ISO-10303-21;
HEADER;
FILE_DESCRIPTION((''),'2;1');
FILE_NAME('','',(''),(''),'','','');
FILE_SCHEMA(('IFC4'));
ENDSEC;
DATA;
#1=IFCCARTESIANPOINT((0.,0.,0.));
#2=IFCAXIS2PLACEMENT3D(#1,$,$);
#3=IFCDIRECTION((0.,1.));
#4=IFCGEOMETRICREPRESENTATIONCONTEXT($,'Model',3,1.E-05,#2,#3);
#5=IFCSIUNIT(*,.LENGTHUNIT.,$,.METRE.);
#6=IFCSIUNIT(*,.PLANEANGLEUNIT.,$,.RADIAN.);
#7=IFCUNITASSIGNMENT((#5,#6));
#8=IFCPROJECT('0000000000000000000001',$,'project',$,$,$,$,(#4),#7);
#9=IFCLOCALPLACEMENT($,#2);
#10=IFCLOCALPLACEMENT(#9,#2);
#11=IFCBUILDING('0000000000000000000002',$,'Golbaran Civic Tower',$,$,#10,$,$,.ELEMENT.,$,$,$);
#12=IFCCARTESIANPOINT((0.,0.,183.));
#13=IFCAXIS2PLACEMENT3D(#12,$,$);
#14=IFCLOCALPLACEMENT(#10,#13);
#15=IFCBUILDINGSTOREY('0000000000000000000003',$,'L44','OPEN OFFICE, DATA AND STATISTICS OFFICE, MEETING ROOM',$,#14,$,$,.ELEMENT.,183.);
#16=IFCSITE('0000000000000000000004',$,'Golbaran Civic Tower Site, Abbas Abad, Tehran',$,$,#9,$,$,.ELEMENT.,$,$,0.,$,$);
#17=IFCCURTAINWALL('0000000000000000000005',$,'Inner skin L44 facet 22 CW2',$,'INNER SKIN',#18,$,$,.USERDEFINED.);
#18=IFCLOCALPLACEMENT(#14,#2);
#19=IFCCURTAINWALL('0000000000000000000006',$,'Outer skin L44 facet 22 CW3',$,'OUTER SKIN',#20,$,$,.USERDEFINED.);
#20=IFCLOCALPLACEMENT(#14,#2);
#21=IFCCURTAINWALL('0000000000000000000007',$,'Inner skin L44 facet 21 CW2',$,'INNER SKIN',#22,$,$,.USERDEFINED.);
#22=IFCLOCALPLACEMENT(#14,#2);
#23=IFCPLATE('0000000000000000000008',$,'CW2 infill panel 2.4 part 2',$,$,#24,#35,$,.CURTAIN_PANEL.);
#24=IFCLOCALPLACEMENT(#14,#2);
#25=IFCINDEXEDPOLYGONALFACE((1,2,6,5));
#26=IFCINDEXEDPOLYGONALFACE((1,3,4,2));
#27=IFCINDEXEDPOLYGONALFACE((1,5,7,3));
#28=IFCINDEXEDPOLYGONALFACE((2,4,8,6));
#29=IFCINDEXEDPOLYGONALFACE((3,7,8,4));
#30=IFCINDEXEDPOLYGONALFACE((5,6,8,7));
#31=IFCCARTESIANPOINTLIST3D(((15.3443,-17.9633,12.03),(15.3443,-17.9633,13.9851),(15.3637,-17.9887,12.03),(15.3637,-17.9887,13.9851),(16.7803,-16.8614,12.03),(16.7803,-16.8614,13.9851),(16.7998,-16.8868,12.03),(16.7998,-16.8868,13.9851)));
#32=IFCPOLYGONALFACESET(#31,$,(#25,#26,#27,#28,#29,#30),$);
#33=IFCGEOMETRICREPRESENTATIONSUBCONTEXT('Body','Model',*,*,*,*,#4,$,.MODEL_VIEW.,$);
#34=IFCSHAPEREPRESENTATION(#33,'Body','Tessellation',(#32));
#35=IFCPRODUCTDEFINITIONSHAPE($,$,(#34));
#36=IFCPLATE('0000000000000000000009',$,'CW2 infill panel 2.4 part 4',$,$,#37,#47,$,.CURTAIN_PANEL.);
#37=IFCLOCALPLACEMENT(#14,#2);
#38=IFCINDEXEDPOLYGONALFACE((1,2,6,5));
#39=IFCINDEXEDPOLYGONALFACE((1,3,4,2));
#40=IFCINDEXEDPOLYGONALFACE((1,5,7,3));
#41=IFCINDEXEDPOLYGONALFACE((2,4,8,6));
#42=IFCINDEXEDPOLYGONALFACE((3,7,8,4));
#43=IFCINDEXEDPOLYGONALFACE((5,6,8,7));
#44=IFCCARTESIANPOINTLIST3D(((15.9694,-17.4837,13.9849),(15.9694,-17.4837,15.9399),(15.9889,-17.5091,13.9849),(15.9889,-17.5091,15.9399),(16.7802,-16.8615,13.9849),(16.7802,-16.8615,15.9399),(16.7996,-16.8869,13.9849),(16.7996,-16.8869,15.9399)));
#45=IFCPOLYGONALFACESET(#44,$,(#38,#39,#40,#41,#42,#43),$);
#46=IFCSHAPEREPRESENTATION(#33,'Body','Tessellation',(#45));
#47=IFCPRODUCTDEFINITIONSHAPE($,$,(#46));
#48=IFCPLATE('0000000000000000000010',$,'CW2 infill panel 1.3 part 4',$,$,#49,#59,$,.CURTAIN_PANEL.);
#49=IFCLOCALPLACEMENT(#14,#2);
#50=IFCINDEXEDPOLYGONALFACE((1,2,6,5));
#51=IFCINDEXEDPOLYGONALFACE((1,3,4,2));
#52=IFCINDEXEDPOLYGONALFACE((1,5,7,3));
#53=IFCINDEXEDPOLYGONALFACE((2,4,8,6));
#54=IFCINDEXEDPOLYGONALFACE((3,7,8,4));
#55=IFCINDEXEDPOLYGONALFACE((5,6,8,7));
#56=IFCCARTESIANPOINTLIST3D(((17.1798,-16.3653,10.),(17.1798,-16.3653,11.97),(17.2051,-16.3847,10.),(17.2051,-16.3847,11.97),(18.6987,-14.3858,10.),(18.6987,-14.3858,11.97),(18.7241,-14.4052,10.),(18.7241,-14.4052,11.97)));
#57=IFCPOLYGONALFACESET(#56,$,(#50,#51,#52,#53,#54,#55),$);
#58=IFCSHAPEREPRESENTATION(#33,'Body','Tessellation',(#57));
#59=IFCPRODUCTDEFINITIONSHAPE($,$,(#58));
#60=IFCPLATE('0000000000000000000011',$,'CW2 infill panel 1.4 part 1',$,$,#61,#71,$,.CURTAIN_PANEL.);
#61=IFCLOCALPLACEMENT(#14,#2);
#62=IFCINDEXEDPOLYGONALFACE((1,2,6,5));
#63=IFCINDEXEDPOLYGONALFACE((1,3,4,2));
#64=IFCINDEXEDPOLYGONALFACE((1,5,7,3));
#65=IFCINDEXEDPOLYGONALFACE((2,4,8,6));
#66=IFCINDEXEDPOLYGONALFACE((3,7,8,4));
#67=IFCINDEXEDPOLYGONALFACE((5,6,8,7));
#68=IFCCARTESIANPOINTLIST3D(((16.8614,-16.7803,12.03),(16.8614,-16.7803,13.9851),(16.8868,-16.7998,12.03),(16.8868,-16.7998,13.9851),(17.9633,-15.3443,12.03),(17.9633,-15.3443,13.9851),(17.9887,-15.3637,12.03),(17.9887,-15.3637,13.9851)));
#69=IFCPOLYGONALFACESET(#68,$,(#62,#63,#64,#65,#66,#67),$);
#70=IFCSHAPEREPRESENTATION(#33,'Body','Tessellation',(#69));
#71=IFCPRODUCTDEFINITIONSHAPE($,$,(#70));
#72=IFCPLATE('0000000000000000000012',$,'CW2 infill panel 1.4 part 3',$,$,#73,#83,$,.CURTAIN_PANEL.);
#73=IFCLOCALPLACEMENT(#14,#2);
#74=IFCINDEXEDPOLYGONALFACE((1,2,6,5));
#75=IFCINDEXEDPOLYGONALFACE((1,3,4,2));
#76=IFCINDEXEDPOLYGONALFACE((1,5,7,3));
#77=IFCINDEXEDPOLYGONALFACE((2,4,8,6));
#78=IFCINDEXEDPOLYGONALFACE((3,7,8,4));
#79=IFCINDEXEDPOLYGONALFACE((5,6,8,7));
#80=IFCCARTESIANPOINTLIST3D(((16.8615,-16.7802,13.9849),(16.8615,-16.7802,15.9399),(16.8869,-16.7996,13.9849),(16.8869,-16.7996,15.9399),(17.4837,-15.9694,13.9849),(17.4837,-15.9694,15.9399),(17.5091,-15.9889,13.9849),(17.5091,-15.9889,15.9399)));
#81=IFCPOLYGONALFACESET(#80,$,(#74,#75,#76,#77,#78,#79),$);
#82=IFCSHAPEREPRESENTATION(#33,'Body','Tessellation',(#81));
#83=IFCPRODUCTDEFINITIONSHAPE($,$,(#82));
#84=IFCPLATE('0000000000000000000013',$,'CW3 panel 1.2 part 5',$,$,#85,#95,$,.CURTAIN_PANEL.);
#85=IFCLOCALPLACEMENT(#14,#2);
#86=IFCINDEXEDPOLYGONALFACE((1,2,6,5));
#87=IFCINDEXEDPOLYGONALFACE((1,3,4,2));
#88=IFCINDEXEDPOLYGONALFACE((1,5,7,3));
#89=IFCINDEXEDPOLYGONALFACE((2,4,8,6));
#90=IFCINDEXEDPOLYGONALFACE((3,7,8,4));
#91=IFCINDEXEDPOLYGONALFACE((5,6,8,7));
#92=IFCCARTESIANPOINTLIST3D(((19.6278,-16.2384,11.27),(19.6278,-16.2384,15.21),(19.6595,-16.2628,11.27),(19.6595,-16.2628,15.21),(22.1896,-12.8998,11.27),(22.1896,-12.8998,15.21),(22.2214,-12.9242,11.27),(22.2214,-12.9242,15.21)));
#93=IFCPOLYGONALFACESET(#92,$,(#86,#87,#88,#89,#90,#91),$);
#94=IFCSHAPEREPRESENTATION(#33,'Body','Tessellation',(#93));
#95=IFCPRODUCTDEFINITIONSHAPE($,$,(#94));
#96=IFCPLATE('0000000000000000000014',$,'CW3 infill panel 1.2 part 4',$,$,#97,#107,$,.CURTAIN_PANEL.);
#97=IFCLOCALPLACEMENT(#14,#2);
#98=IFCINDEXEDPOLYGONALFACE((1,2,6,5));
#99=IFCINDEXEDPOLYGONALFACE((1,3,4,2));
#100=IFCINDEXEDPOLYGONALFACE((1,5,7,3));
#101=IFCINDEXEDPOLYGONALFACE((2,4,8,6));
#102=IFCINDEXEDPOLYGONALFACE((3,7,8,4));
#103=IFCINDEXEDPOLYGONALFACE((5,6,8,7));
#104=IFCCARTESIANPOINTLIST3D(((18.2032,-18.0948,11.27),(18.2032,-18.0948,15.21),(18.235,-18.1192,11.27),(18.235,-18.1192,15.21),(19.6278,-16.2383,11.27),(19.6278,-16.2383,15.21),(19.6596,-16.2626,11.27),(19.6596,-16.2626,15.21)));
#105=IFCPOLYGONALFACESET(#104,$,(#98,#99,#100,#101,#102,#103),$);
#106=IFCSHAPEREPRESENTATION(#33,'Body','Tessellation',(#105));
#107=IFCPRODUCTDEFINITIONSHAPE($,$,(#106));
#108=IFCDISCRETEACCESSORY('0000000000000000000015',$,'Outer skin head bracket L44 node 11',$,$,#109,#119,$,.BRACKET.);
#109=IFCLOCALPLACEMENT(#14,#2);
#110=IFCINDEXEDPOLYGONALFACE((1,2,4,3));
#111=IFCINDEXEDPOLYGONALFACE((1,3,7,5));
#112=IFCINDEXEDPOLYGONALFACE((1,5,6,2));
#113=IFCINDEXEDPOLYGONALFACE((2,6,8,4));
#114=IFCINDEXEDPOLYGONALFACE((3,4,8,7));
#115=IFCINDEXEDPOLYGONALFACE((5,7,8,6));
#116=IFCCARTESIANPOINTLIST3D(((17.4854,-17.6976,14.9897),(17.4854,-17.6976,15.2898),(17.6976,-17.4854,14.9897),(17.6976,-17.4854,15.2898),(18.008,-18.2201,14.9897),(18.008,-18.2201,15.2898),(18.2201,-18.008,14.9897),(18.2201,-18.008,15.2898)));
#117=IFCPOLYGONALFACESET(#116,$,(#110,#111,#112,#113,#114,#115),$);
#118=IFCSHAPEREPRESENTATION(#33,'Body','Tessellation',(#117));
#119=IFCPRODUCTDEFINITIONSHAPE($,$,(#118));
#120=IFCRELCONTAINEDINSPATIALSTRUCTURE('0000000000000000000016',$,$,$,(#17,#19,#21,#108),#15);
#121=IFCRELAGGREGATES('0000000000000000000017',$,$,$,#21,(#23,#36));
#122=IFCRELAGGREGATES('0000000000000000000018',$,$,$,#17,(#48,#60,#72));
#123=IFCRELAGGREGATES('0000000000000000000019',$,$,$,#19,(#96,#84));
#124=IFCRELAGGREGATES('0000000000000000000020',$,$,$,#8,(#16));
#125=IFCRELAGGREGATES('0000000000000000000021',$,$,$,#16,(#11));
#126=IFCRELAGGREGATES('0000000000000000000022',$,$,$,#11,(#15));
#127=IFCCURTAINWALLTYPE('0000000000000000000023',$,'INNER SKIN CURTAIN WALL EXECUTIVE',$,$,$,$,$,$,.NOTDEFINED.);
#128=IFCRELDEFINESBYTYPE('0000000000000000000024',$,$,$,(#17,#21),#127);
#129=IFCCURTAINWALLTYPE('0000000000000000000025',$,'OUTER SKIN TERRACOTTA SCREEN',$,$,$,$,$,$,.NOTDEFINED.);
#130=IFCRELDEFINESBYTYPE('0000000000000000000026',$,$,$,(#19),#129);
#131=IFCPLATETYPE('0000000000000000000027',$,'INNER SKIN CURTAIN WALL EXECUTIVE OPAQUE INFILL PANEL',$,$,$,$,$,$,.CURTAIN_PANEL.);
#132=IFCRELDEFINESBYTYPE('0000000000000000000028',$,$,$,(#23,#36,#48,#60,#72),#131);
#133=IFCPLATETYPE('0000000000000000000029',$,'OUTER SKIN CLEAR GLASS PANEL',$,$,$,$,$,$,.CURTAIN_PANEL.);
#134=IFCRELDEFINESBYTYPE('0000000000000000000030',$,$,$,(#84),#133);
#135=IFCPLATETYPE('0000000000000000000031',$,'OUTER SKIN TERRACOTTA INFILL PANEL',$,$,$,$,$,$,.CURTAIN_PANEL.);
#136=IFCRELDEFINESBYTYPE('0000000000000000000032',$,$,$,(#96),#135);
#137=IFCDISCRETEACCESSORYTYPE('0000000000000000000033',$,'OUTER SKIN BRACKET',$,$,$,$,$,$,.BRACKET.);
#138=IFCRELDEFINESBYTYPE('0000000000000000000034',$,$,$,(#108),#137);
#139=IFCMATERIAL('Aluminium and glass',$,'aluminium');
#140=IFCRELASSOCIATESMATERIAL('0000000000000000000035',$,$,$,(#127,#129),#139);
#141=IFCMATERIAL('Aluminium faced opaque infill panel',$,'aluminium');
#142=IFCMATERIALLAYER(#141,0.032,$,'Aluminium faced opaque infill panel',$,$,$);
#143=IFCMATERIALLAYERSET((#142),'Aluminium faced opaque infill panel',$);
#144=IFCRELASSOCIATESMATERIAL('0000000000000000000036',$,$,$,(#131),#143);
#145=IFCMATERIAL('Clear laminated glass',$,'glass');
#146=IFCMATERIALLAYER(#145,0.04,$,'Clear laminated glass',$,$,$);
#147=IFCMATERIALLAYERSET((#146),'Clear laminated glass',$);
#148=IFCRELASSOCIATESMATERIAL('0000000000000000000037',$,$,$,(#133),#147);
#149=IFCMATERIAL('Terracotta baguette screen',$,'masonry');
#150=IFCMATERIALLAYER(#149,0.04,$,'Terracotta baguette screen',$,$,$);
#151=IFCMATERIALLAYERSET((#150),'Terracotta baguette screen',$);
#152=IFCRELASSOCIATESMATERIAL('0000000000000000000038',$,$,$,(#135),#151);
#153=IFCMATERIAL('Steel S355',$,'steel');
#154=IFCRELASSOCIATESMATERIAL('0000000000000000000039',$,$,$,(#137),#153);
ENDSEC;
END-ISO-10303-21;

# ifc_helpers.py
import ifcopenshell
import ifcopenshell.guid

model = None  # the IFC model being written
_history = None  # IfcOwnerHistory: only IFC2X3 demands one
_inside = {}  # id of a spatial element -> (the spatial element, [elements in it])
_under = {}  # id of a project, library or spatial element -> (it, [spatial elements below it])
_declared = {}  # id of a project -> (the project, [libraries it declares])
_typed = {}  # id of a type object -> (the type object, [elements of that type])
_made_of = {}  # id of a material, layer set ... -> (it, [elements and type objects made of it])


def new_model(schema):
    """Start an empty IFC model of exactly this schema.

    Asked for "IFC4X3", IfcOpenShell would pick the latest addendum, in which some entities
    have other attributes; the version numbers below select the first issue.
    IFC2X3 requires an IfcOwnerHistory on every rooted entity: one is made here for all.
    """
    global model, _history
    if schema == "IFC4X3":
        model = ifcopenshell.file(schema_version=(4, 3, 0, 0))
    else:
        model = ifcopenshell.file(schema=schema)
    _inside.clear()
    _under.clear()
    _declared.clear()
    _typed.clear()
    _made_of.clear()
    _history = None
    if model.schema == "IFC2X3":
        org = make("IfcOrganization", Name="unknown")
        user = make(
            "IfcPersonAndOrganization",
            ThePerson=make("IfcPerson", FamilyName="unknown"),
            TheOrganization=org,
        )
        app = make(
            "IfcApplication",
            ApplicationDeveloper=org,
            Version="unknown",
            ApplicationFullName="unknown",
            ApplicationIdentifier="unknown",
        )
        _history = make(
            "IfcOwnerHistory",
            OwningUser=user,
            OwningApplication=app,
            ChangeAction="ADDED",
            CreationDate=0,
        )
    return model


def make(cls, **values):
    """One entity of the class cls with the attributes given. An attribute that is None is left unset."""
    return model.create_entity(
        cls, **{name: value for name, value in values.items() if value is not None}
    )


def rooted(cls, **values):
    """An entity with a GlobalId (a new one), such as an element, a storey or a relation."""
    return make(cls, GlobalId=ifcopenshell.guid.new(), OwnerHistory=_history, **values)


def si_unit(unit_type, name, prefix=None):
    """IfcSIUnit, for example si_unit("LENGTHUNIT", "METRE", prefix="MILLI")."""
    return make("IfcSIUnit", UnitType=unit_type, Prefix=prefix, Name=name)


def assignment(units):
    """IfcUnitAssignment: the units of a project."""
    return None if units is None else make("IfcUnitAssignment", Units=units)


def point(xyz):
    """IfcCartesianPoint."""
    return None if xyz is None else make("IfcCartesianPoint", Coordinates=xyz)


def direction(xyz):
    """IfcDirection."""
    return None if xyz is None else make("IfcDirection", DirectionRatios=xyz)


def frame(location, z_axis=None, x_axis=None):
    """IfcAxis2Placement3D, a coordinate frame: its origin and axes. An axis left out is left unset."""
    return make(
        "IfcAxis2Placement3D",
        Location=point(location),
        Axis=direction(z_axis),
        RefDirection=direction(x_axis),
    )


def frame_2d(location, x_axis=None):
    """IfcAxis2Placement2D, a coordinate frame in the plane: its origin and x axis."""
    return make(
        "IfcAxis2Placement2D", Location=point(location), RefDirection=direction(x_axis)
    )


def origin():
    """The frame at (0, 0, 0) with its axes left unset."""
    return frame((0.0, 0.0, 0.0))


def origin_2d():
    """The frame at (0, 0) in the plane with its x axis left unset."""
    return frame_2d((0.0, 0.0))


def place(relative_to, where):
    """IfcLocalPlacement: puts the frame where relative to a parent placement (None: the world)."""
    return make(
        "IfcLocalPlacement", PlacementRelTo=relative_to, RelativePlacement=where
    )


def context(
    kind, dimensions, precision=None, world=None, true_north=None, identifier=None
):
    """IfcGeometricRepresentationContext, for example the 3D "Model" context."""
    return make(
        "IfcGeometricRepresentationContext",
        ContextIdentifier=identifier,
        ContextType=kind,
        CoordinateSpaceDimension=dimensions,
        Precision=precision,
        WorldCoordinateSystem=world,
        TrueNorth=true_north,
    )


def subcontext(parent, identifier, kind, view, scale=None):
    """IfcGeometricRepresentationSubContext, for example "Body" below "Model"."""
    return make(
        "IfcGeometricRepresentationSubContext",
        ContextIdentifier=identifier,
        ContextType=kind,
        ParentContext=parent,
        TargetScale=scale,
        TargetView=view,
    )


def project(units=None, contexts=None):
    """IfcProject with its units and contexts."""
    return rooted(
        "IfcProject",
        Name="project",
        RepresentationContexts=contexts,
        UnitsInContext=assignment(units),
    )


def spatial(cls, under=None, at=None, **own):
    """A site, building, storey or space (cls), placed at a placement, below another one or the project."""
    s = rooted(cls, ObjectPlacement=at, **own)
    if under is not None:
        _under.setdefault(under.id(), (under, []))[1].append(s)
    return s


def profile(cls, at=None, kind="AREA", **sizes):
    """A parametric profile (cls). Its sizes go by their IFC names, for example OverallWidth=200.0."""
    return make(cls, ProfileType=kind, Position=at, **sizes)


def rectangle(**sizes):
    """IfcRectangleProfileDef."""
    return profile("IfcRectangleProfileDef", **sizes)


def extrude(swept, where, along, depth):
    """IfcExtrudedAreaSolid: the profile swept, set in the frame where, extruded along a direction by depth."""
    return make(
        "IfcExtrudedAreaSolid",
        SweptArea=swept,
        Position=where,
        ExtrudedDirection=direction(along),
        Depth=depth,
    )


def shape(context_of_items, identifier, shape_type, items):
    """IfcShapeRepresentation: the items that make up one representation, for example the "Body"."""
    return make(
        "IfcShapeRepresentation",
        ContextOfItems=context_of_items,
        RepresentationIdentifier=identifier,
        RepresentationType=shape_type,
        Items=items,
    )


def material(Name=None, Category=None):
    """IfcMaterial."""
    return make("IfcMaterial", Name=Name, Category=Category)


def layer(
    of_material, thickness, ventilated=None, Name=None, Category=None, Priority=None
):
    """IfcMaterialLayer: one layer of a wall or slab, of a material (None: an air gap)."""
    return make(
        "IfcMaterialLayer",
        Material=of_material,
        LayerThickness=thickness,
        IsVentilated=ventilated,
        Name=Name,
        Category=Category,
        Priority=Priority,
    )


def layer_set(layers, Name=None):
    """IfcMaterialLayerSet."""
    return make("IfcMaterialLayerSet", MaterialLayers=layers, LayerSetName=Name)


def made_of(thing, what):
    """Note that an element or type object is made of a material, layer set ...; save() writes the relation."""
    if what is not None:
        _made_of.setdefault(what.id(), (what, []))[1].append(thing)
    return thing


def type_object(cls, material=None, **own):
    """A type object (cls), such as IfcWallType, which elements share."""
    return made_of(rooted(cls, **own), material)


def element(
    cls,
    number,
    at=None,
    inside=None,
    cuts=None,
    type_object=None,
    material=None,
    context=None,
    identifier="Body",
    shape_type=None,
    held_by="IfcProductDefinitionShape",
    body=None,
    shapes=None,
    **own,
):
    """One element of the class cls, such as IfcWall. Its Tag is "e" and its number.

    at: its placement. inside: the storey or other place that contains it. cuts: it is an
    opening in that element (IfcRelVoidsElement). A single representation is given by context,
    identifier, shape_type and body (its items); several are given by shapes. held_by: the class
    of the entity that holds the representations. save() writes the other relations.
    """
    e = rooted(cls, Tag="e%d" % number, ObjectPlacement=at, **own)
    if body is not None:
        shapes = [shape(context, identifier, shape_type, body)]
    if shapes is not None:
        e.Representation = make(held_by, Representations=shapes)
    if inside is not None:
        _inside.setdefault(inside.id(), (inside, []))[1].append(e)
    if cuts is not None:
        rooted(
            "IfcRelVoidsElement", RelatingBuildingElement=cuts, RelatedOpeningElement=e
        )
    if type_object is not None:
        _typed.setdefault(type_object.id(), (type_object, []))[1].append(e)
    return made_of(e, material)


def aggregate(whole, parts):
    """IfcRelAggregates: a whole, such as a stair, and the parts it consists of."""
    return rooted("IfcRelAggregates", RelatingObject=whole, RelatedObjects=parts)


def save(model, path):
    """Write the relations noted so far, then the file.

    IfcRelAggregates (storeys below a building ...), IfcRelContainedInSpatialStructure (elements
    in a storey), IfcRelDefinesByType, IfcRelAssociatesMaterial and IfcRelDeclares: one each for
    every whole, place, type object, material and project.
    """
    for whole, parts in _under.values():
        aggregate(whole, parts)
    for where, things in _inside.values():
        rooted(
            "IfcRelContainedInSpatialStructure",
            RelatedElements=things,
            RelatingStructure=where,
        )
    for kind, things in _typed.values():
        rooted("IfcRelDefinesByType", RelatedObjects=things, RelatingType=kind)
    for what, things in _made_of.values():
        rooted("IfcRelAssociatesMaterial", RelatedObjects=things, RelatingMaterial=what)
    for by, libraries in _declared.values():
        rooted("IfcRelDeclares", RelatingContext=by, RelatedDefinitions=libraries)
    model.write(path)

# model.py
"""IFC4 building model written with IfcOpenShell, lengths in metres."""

from ifc_helpers import new_model, si_unit, direction, frame, origin, origin_2d, place, context, subcontext, project, spatial, rectangle, extrude, material, layer, layer_set, type_object, element, aggregate, save


model = new_model("IFC4")

# Units and contexts
model_context = context("Model", 3, precision=1e-05, world=origin(), true_north=direction((0.0, 1.0)))
body_context = subcontext(model_context, "Body", "Model", "MODEL_VIEW")
ifc_project = project(units=[si_unit("LENGTHUNIT", "METRE"), si_unit("PLANEANGLEUNIT", "RADIAN")], contexts=[model_context])

# Site, building, storey
site_placement = place(None, origin())
site = spatial("IfcSite", under=ifc_project, at=site_placement, Name="Golbaran Civic Tower Site, Abbas Abad, Tehran", CompositionType="ELEMENT", RefElevation=0.0)
building_placement = place(site_placement, origin())
building = spatial("IfcBuilding", under=site, at=building_placement, Name="Golbaran Civic Tower", CompositionType="ELEMENT")
storey_placement = place(building_placement, frame((0.0, 0.0, 183.0)))
storey = spatial("IfcBuildingStorey", under=building, at=storey_placement, Name="L44", Description="OPEN OFFICE, DATA AND STATISTICS OFFICE, MEETING ROOM", CompositionType="ELEMENT", Elevation=183.0)

# Curtain wall
ifc_material_1 = material(Name="Aluminium and glass", Category="aluminium")
curtain_wall_type_1 = type_object("IfcCurtainWallType", Name="INNER SKIN CURTAIN WALL EXECUTIVE", PredefinedType="NOTDEFINED", material=ifc_material_1)
curtain_wall_1_placement = place(storey_placement, origin())
curtain_wall_1 = element("IfcCurtainWall", 1, at=curtain_wall_1_placement, inside=storey, type_object=curtain_wall_type_1, Name="Inner skin L44 facet 22 CW2", ObjectType="INNER SKIN", PredefinedType="USERDEFINED")

# Curtain wall
curtain_wall_type_2 = type_object("IfcCurtainWallType", Name="OUTER SKIN TERRACOTTA SCREEN", PredefinedType="NOTDEFINED", material=ifc_material_1)
curtain_wall_2_placement = place(storey_placement, origin())
curtain_wall_2 = element("IfcCurtainWall", 2, at=curtain_wall_2_placement, inside=storey, type_object=curtain_wall_type_2, Name="Outer skin L44 facet 22 CW3", ObjectType="OUTER SKIN", PredefinedType="USERDEFINED")

# Curtain wall, plates
curtain_wall_3_placement = place(storey_placement, origin())
curtain_wall_3 = element("IfcCurtainWall", 3, at=curtain_wall_3_placement, inside=storey, type_object=curtain_wall_type_1, Name="Inner skin L44 facet 21 CW2", ObjectType="INNER SKIN", PredefinedType="USERDEFINED")
ifc_material_2 = material(Name="Aluminium faced opaque infill panel", Category="aluminium")
ifc_layer_1 = layer(ifc_material_2, 0.032, Name="Aluminium faced opaque infill panel")
ifc_layer_set_1 = layer_set([ifc_layer_1], Name="Aluminium faced opaque infill panel")
plate_type_1 = type_object("IfcPlateType", Name="INNER SKIN CURTAIN WALL EXECUTIVE OPAQUE INFILL PANEL", PredefinedType="CURTAIN_PANEL", material=ifc_layer_set_1)
plate_1_placement = place(storey_placement, frame((16.072, -17.425, 12.03), z_axis=(0.0, 0.0, 1.0), x_axis=(0.793353, 0.608761, 0.0)))
plate_1 = element("IfcPlate", 4, at=plate_1_placement, type_object=plate_type_1, Name="CW2 infill panel 2.4 part 2", PredefinedType="CURTAIN_PANEL", context=body_context, shape_type="SweptSolid", body=[
    extrude(rectangle(XDim=1.8101, YDim=0.032, at=origin_2d()), origin(), (0.0, 0.0, 1.0), 1.9551),
])
plate_2_placement = place(storey_placement, frame((16.3845, -17.1853, 13.9849), z_axis=(0.0, 0.0, 1.0), x_axis=(0.793353, 0.608761, 0.0)))
plate_2 = element("IfcPlate", 5, at=plate_2_placement, type_object=plate_type_1, Name="CW2 infill panel 2.4 part 4", PredefinedType="CURTAIN_PANEL", context=body_context, shape_type="SweptSolid", body=[
    extrude(rectangle(XDim=1.022, YDim=0.032, at=origin_2d()), origin(), (0.0, 0.0, 1.0), 1.9551),
])
aggregate(curtain_wall_3, [plate_1, plate_2])

# Plates
plate_3_placement = place(storey_placement, frame((17.9519, -15.3853, 10.0), z_axis=(0.0, 0.0, 1.0), x_axis=(0.608761, 0.793353, 0.0)))
plate_3 = element("IfcPlate", 6, at=plate_3_placement, type_object=plate_type_1, Name="CW2 infill panel 1.3 part 4", PredefinedType="CURTAIN_PANEL", context=body_context, shape_type="SweptSolid", body=[
    extrude(rectangle(XDim=2.4951, YDim=0.032, at=origin_2d()), origin(), (0.0, 0.0, 1.0), 1.97),
])
plate_4_placement = place(storey_placement, frame((17.425, -16.072, 12.03), z_axis=(0.0, 0.0, 1.0), x_axis=(0.608761, 0.793353, 0.0)))
plate_4 = element("IfcPlate", 7, at=plate_4_placement, type_object=plate_type_1, Name="CW2 infill panel 1.4 part 1", PredefinedType="CURTAIN_PANEL", context=body_context, shape_type="SweptSolid", body=[
    extrude(rectangle(XDim=1.8101, YDim=0.032, at=origin_2d()), origin(), (0.0, 0.0, 1.0), 1.9551),
])
plate_5_placement = place(storey_placement, frame((17.1853, -16.3845, 13.9849), z_axis=(0.0, 0.0, 1.0), x_axis=(0.608761, 0.793353, 0.0)))
plate_5 = element("IfcPlate", 8, at=plate_5_placement, type_object=plate_type_1, Name="CW2 infill panel 1.4 part 3", PredefinedType="CURTAIN_PANEL", context=body_context, shape_type="SweptSolid", body=[
    extrude(rectangle(XDim=1.022, YDim=0.032, at=origin_2d()), origin(), (0.0, 0.0, 1.0), 1.9551),
])
aggregate(curtain_wall_1, [plate_3, plate_4, plate_5])
ifc_material_3 = material(Name="Clear laminated glass", Category="glass")
ifc_layer_2 = layer(ifc_material_3, 0.04, Name="Clear laminated glass")
ifc_layer_set_2 = layer_set([ifc_layer_2], Name="Clear laminated glass")
plate_type_2 = type_object("IfcPlateType", Name="OUTER SKIN CLEAR GLASS PANEL", PredefinedType="CURTAIN_PANEL", material=ifc_layer_set_2)
plate_6_placement = place(storey_placement, frame((20.9246, -14.5813, 11.27), z_axis=(0.0, 0.0, 1.0), x_axis=(0.608761, 0.793353, 0.0)))
plate_6 = element("IfcPlate", 9, at=plate_6_placement, type_object=plate_type_2, Name="CW3 panel 1.2 part 5", PredefinedType="CURTAIN_PANEL", context=body_context, shape_type="SweptSolid", body=[
    extrude(rectangle(XDim=4.2083, YDim=0.04, at=origin_2d()), origin(), (0.0, 0.0, 1.0), 3.9399),
])
ifc_material_4 = material(Name="Terracotta baguette screen", Category="masonry")
ifc_layer_3 = layer(ifc_material_4, 0.04, Name="Terracotta baguette screen")
ifc_layer_set_3 = layer_set([ifc_layer_3], Name="Terracotta baguette screen")
plate_type_3 = type_object("IfcPlateType", Name="OUTER SKIN TERRACOTTA INFILL PANEL", PredefinedType="CURTAIN_PANEL", material=ifc_layer_set_3)
plate_7_placement = place(storey_placement, frame((18.9314, -17.1787, 11.27), z_axis=(0.0, 0.0, 1.0), x_axis=(0.608761, 0.793353, 0.0)))
plate_7 = element("IfcPlate", 10, at=plate_7_placement, type_object=plate_type_3, Name="CW3 infill panel 1.2 part 4", PredefinedType="CURTAIN_PANEL", context=body_context, shape_type="SweptSolid", body=[
    extrude(rectangle(XDim=2.3401, YDim=0.04, at=origin_2d()), origin(), (0.0, 0.0, 1.0), 3.9399),
])
aggregate(curtain_wall_2, [plate_7, plate_6])

# Discrete accessory
ifc_material_5 = material(Name="Steel S355", Category="steel")
discrete_accessory_type = type_object("IfcDiscreteAccessoryType", Name="OUTER SKIN BRACKET", PredefinedType="BRACKET", material=ifc_material_5)
discrete_accessory_placement = place(storey_placement, frame((17.8528, -17.8528, 14.9897), z_axis=(0.0, 0.0, 1.0), x_axis=(0.707107, -0.707107, 0.0)))
element("IfcDiscreteAccessory", 11, at=discrete_accessory_placement, inside=storey, type_object=discrete_accessory_type, Name="Outer skin head bracket L44 node 11", PredefinedType="BRACKET", context=body_context, shape_type="SweptSolid", body=[
    extrude(rectangle(XDim=0.739, YDim=0.3, at=origin_2d()), origin(), (0.0, 0.0, 1.0), 0.3),
])

save(model, "model.ifc")
